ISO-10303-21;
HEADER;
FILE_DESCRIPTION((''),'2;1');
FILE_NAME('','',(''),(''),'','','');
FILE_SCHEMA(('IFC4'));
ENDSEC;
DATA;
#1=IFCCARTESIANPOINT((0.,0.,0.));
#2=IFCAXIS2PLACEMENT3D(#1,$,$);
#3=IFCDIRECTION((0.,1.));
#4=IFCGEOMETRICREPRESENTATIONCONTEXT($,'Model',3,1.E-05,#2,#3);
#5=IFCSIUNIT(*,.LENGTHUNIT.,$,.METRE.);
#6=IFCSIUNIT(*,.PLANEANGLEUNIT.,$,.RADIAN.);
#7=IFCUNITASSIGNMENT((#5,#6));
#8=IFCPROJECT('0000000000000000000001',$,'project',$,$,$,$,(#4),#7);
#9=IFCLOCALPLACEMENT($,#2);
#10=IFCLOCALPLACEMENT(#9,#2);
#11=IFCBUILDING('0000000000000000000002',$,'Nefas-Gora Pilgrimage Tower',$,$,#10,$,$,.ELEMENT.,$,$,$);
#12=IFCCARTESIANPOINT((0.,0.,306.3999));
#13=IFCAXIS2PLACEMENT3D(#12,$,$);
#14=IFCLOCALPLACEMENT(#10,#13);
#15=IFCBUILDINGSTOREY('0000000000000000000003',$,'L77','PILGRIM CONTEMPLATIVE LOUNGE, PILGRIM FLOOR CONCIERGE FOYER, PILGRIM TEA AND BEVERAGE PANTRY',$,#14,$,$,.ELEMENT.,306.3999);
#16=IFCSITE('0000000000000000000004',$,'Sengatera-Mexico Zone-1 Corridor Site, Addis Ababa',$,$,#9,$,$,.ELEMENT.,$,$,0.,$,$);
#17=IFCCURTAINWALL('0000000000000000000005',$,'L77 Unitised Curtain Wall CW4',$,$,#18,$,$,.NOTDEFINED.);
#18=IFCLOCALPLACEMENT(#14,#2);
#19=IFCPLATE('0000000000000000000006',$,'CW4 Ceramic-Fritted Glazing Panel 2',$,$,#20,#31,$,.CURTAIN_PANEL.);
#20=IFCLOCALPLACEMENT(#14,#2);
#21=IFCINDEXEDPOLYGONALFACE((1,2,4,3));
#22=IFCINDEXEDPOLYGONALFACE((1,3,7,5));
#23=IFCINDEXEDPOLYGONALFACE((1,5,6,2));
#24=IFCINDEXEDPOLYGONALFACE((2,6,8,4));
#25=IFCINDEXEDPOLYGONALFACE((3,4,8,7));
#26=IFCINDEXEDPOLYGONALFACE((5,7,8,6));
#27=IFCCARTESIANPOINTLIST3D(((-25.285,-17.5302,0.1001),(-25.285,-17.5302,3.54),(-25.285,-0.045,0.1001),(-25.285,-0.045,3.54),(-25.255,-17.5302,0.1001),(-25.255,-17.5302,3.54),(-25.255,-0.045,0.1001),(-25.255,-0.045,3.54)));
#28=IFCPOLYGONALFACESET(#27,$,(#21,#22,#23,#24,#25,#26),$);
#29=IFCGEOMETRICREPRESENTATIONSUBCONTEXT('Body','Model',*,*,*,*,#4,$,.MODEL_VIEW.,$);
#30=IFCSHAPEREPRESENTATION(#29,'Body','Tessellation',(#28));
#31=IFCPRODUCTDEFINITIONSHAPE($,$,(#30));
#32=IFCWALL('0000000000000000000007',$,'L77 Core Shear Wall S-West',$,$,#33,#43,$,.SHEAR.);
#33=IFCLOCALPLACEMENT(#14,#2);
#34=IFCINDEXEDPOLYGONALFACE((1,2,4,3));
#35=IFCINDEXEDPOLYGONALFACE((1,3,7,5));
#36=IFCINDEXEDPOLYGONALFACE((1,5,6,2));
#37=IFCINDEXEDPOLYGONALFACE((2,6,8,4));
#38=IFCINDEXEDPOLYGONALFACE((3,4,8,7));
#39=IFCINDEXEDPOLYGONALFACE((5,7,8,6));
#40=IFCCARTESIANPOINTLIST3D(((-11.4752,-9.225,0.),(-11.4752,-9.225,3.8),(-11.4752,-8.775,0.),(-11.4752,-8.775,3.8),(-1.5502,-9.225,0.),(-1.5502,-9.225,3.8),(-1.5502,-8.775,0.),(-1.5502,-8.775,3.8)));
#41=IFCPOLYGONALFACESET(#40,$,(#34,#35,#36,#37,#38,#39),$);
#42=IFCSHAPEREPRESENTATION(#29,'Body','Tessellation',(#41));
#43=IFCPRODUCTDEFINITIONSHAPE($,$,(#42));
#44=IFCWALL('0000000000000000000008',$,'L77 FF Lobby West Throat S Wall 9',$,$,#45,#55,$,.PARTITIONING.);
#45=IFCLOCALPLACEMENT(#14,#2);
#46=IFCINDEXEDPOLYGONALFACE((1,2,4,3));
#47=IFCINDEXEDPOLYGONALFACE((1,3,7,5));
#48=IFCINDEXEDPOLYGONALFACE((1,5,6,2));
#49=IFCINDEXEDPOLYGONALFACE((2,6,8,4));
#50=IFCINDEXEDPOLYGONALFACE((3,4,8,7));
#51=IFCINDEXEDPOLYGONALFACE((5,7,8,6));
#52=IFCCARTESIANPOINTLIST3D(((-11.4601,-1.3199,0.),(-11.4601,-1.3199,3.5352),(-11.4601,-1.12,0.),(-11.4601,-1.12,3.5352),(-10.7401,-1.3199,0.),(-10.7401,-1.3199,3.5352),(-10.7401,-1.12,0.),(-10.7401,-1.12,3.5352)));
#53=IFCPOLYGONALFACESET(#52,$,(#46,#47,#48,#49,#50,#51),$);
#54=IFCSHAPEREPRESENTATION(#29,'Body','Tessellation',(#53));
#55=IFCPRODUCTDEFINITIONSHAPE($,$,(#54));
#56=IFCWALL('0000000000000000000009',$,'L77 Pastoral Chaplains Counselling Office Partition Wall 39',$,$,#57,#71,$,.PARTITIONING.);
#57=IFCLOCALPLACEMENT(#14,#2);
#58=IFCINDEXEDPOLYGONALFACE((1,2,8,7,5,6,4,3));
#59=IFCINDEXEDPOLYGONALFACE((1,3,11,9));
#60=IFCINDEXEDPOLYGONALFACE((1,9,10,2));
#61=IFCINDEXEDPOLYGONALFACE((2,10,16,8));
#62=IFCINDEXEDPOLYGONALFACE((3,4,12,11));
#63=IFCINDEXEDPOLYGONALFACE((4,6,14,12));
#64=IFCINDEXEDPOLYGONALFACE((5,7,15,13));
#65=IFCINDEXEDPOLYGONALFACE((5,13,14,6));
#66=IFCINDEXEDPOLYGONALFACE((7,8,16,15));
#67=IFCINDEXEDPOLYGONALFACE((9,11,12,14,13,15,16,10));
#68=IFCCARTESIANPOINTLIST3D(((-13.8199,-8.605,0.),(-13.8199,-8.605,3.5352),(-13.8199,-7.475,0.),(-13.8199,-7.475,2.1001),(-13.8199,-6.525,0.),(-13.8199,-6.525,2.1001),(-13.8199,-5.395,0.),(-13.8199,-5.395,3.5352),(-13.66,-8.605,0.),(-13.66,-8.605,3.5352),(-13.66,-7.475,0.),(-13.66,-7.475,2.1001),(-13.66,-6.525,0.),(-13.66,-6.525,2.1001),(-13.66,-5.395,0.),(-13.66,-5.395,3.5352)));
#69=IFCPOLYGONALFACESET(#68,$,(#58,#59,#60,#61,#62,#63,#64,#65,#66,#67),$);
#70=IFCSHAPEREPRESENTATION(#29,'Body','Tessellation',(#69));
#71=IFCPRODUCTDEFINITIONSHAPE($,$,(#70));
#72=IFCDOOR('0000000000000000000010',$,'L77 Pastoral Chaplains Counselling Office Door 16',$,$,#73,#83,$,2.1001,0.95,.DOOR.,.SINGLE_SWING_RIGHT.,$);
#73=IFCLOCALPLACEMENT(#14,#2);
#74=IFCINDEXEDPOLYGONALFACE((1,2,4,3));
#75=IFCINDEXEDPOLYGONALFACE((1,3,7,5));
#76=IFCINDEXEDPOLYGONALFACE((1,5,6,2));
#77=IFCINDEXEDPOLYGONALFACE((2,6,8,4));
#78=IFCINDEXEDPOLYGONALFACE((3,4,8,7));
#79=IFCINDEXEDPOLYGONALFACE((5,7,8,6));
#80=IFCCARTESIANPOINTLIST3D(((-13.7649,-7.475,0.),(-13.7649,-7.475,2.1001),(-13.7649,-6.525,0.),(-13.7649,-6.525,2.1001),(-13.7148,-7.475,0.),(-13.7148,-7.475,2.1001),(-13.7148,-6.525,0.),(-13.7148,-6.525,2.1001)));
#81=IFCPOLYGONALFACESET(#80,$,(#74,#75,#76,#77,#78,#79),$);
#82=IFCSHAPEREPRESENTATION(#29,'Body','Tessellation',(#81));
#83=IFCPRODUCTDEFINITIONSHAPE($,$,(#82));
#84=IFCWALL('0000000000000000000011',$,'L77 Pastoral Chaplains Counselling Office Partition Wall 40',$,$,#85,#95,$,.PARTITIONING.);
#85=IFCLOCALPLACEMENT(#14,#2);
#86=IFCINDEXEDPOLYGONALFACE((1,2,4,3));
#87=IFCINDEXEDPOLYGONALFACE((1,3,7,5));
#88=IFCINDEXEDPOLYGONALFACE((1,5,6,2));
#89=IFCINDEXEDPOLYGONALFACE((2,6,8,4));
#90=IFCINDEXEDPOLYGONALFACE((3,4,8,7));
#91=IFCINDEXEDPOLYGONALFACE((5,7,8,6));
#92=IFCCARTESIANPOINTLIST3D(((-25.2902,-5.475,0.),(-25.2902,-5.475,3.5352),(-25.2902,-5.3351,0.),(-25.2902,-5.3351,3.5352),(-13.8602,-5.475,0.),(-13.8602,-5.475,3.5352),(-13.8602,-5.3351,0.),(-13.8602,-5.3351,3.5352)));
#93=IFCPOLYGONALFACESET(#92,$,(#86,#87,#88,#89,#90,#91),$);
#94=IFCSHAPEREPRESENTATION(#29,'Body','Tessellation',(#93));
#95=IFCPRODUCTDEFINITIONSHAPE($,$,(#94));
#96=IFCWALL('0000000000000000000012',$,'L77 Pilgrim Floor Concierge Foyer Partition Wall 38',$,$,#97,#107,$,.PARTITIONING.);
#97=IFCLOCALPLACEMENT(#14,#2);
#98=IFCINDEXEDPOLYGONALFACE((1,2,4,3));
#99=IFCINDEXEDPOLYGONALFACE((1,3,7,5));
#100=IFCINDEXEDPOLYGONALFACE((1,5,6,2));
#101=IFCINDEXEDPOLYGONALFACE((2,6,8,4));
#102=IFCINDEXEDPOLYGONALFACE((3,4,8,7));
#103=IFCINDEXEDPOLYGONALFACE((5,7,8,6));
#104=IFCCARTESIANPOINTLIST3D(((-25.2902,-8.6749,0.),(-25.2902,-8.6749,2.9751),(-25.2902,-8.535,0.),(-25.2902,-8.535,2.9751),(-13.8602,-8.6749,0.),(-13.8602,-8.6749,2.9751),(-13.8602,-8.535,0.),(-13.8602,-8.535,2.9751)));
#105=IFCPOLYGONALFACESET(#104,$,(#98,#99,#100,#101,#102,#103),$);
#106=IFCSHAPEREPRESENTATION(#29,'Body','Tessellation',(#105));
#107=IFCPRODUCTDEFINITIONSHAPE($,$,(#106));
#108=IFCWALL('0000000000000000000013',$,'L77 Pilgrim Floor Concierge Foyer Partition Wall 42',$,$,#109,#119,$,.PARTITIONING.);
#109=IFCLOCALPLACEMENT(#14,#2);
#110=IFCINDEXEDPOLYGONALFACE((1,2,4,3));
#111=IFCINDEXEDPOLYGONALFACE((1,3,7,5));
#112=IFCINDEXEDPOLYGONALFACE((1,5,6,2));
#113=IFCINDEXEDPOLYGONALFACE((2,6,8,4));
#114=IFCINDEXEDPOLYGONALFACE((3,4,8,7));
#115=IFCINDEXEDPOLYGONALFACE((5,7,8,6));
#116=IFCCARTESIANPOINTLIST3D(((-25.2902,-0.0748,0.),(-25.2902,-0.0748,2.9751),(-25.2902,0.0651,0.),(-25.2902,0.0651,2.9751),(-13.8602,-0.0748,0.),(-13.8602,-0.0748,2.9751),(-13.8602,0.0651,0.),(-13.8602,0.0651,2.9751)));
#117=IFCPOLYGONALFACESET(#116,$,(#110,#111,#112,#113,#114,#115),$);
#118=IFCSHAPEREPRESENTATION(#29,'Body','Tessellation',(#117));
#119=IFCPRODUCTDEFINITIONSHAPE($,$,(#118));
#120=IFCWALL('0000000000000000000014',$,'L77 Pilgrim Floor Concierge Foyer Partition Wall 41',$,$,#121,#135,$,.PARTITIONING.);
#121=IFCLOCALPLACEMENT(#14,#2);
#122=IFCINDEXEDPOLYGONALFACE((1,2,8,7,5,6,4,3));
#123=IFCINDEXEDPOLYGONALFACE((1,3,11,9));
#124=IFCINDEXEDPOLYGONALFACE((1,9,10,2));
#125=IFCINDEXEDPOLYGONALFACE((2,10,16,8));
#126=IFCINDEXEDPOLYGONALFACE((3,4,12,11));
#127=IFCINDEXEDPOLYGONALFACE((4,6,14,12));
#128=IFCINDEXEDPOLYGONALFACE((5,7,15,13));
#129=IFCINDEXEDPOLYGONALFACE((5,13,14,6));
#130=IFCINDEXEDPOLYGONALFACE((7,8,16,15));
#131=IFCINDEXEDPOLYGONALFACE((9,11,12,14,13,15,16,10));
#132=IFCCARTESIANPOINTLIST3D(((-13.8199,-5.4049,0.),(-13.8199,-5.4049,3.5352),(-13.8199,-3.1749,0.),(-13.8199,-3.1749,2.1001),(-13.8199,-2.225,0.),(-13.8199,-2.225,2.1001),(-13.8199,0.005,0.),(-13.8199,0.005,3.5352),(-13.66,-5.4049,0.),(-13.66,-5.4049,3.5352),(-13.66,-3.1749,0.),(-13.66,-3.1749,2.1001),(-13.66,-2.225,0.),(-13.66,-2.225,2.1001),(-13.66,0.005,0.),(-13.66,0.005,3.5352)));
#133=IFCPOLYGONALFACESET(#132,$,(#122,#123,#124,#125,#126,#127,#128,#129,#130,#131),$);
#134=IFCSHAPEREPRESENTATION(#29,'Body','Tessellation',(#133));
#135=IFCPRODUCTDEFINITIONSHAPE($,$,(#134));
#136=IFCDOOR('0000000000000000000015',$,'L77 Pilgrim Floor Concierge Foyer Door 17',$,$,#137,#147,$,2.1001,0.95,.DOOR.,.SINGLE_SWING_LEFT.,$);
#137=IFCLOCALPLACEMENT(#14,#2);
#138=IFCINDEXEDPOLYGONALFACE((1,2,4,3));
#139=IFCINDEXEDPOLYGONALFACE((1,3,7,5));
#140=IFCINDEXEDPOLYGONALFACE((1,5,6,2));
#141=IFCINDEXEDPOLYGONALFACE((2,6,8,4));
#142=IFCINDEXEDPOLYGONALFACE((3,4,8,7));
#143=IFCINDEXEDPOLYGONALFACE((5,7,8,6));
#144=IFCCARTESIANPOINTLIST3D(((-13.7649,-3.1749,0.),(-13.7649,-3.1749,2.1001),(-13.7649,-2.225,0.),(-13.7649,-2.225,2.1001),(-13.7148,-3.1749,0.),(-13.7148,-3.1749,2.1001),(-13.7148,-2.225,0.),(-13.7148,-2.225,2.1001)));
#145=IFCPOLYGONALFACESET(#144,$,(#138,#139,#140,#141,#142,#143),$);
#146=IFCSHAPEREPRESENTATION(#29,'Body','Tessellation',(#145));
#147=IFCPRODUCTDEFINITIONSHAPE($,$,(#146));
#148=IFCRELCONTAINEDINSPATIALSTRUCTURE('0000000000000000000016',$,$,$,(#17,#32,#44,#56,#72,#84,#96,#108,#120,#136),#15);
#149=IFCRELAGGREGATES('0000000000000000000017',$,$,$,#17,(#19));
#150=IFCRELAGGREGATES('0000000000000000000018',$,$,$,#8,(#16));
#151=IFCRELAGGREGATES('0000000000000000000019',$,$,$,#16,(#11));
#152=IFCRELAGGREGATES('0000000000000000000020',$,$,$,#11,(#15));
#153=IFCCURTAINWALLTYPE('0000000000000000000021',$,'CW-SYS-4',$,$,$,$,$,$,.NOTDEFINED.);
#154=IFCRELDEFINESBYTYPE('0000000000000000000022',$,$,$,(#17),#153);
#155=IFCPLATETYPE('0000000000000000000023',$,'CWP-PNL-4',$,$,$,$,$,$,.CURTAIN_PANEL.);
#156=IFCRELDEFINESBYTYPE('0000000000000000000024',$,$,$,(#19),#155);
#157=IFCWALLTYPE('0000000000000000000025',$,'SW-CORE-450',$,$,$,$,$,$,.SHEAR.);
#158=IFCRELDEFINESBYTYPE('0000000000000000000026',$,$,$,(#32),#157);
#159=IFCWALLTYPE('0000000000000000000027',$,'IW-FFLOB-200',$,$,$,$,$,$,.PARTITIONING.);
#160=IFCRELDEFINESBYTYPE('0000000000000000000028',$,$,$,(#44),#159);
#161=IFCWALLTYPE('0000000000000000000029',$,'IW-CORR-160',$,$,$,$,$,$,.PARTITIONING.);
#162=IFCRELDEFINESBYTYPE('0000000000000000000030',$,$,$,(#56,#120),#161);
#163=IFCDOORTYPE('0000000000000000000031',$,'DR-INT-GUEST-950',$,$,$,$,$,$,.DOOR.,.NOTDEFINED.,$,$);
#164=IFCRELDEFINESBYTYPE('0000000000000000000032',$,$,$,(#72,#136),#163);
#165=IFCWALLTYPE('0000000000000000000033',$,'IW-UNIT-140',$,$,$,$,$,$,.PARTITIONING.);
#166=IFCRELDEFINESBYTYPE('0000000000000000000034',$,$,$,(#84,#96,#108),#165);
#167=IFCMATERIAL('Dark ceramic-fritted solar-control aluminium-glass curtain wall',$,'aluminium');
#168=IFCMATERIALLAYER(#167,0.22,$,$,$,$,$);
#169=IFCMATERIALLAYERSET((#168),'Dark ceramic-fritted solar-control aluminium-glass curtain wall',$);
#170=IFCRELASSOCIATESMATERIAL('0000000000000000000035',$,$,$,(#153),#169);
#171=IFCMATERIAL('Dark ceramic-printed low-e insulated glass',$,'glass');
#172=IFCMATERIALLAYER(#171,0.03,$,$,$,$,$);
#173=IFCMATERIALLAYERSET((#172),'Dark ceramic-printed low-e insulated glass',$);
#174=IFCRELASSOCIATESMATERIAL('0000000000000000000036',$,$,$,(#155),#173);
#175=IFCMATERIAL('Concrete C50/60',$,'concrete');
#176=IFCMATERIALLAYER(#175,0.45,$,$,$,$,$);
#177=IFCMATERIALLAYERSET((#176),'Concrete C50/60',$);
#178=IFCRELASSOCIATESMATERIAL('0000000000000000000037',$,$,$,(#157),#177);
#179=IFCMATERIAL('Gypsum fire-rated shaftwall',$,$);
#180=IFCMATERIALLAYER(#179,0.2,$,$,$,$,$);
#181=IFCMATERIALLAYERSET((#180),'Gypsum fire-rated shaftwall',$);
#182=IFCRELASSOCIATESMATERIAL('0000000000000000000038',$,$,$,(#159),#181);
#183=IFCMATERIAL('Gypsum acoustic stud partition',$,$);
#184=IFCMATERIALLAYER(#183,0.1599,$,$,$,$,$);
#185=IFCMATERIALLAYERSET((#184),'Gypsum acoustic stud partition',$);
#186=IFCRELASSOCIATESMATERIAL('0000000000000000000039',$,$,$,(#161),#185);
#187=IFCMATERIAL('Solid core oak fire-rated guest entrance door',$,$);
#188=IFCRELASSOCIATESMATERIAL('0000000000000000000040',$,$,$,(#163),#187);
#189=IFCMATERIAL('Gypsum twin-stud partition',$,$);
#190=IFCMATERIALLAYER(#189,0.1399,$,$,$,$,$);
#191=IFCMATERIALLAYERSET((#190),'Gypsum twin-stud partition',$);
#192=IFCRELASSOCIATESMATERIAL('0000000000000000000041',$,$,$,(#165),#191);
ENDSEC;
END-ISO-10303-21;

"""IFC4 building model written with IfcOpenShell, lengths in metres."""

from ifc_helpers import new_model, si_unit, direction, frame, frame_2d, origin, origin_2d, place, context, subcontext, project, spatial, rectangle, extrude, source, transform, mapped, material, layer, layer_set, type_object, element, fill, aggregate, save


model = new_model("IFC4")

# Units and contexts
model_context = context("Model", 3, precision=1e-05, world=origin(), true_north=direction((0.0, 1.0)))
body_context = subcontext(model_context, "Body", "Model", "MODEL_VIEW")
ifc_project = project(units=[si_unit("LENGTHUNIT", "METRE"), si_unit("PLANEANGLEUNIT", "RADIAN")], contexts=[model_context])

# Site, building, storey
site_placement = place(None, origin())
site = spatial("IfcSite", under=ifc_project, at=site_placement, Name="Sengatera-Mexico Zone-1 Corridor Site, Addis Ababa", CompositionType="ELEMENT", RefElevation=0.0)
building_placement = place(site_placement, origin())
building = spatial("IfcBuilding", under=site, at=building_placement, Name="Nefas-Gora Pilgrimage Tower", CompositionType="ELEMENT")
storey_placement = place(building_placement, frame((0.0, 0.0, 306.3999)))
storey = spatial("IfcBuildingStorey", under=building, at=storey_placement, Name="L77", Description="PILGRIM CONTEMPLATIVE LOUNGE, PILGRIM FLOOR CONCIERGE FOYER, PILGRIM TEA AND BEVERAGE PANTRY", CompositionType="ELEMENT", Elevation=306.3999)

# Curtain wall, plate
ifc_material_1 = material(Name="Dark ceramic-fritted solar-control aluminium-glass curtain wall", Category="aluminium")
ifc_layer_1 = layer(ifc_material_1, 0.22)
ifc_layer_set_1 = layer_set([ifc_layer_1], Name="Dark ceramic-fritted solar-control aluminium-glass curtain wall")
curtain_wall_type = type_object("IfcCurtainWallType", Name="CW-SYS-4", PredefinedType="NOTDEFINED", material=ifc_layer_set_1)
curtain_wall_placement = place(storey_placement, origin())
curtain_wall = element("IfcCurtainWall", 1, at=curtain_wall_placement, inside=storey, type_object=curtain_wall_type, Name="L77 Unitised Curtain Wall CW4", PredefinedType="NOTDEFINED")
ifc_material_2 = material(Name="Dark ceramic-printed low-e insulated glass", Category="glass")
ifc_layer_2 = layer(ifc_material_2, 0.03)
ifc_layer_set_2 = layer_set([ifc_layer_2], Name="Dark ceramic-printed low-e insulated glass")
plate_type = type_object("IfcPlateType", Name="CWP-PNL-4", PredefinedType="CURTAIN_PANEL", material=ifc_layer_set_2)
shared_shape_1 = source(origin(), body_context, "Body", "SweptSolid", [
    extrude(rectangle(XDim=17.4851, YDim=0.03, at=origin_2d()), origin(), (0.0, 0.0, 1.0), 3.4399),
])
plate_placement = place(storey_placement, frame((-25.27, -8.7876, 0.1001), z_axis=(0.0, 0.0, 1.0), x_axis=(0.0, -1.0, 0.0)))
plate = element("IfcPlate", 2, at=plate_placement, type_object=plate_type, Name="CW4 Ceramic-Fritted Glazing Panel 2", PredefinedType="CURTAIN_PANEL", context=body_context, shape_type="MappedRepresentation", body=[
    mapped(shared_shape_1, transform((0.0, 0.0, 0.0), x_axis=(1.0, 0.0, 0.0), y_axis=(0.0, 1.0, 0.0), z_axis=(0.0, 0.0, 1.0), scale=1.0)),
])
aggregate(curtain_wall, [plate])

# Walls
ifc_material_3 = material(Name="Concrete C50/60", Category="concrete")
ifc_layer_3 = layer(ifc_material_3, 0.45)
ifc_layer_set_3 = layer_set([ifc_layer_3], Name="Concrete C50/60")
wall_type_1 = type_object("IfcWallType", Name="SW-CORE-450", PredefinedType="SHEAR", material=ifc_layer_set_3)
shared_shape_2 = source(origin(), body_context, "Body", "SweptSolid", [
    extrude(rectangle(XDim=9.925, YDim=0.45, at=frame_2d((4.9624, 0.0))), origin(), (0.0, 0.0, 1.0), 3.8),
])
wall_1_placement = place(storey_placement, frame((-11.4751, -9.0, 0.0), z_axis=(0.0, 0.0, 1.0), x_axis=(1.0, 0.0, 0.0)))
element("IfcWall", 3, at=wall_1_placement, inside=storey, type_object=wall_type_1, Name="L77 Core Shear Wall S-West", PredefinedType="SHEAR", context=body_context, shape_type="MappedRepresentation", body=[
    mapped(shared_shape_2, transform((0.0, 0.0, 0.0), x_axis=(1.0, 0.0, 0.0), y_axis=(0.0, 1.0, 0.0), z_axis=(0.0, 0.0, 1.0), scale=1.0)),
])
ifc_material_4 = material(Name="Gypsum fire-rated shaftwall")
ifc_layer_4 = layer(ifc_material_4, 0.2)
ifc_layer_set_4 = layer_set([ifc_layer_4], Name="Gypsum fire-rated shaftwall")
wall_type_2 = type_object("IfcWallType", Name="IW-FFLOB-200", PredefinedType="PARTITIONING", material=ifc_layer_set_4)
shared_shape_3 = source(origin(), body_context, "Body", "SweptSolid", [
    extrude(rectangle(XDim=0.72, YDim=0.2, at=frame_2d((0.3599, 0.0))), origin(), (0.0, 0.0, 1.0), 3.5352),
])
wall_2_placement = place(storey_placement, frame((-11.46, -1.22, 0.0), z_axis=(0.0, 0.0, 1.0), x_axis=(1.0, 0.0, 0.0)))
element("IfcWall", 4, at=wall_2_placement, inside=storey, type_object=wall_type_2, Name="L77 FF Lobby West Throat S Wall 9", PredefinedType="PARTITIONING", context=body_context, shape_type="MappedRepresentation", body=[
    mapped(shared_shape_3, transform((0.0, 0.0, 0.0), x_axis=(1.0, 0.0, 0.0), y_axis=(0.0, 1.0, 0.0), z_axis=(0.0, 0.0, 1.0), scale=1.0)),
])

# Wall, opening, door
ifc_material_5 = material(Name="Gypsum acoustic stud partition")
ifc_layer_5 = layer(ifc_material_5, 0.1599)
ifc_layer_set_5 = layer_set([ifc_layer_5], Name="Gypsum acoustic stud partition")
wall_type_3 = type_object("IfcWallType", Name="IW-CORR-160", PredefinedType="PARTITIONING", material=ifc_layer_set_5)
shared_shape_4 = source(origin(), body_context, "Body", "SweptSolid", [
    extrude(rectangle(XDim=3.21, YDim=0.1599, at=frame_2d((1.605, 0.0))), origin(), (0.0, 0.0, 1.0), 3.5352),
])
wall_3_placement = place(storey_placement, frame((-13.74, -8.605, 0.0), z_axis=(0.0, 0.0, 1.0), x_axis=(0.0, 1.0, 0.0)))
wall_3 = element("IfcWall", 5, at=wall_3_placement, inside=storey, type_object=wall_type_3, Name="L77 Pastoral Chaplains Counselling Office Partition Wall 39", PredefinedType="PARTITIONING", context=body_context, shape_type="MappedRepresentation", body=[
    mapped(shared_shape_4, transform((0.0, 0.0, 0.0), x_axis=(1.0, 0.0, 0.0), y_axis=(0.0, 1.0, 0.0), z_axis=(0.0, 0.0, 1.0), scale=1.0)),
])
opening_1_placement = place(wall_3_placement, frame((1.1299, 0.0, 0.0)))
opening_1 = element("IfcOpeningElement", 6, at=opening_1_placement, cuts=wall_3, PredefinedType="OPENING", context=body_context, shape_type="SweptSolid", body=[
    extrude(rectangle(XDim=0.95, YDim=2.1001, at=frame_2d((0.4751, 1.05))), frame((0.0, 0.0898, 0.0), z_axis=(0.0, -1.0, 0.0), x_axis=(1.0, 0.0, 0.0)), (0.0, 0.0, 1.0), 0.1799),
])
ifc_material_6 = material(Name="Solid core oak fire-rated guest entrance door")
door_type_1 = type_object("IfcDoorType", Name="DR-INT-GUEST-950", OperationType="NOTDEFINED", PredefinedType="DOOR", material=ifc_material_6)
shared_shape_5 = source(origin(), body_context, "Body", "SweptSolid", [
    extrude(rectangle(XDim=0.95, YDim=2.1001, at=frame_2d((0.4751, 1.05))), frame((0.0, 0.0249, 0.0), z_axis=(0.0, -1.0, 0.0), x_axis=(1.0, 0.0, 0.0)), (0.0, 0.0, 1.0), 0.05),
])
door_1_placement = place(opening_1_placement, origin())
door_1 = element("IfcDoor", 7, at=door_1_placement, inside=storey, type_object=door_type_1, Name="L77 Pastoral Chaplains Counselling Office Door 16", OperationType="SINGLE_SWING_RIGHT", OverallHeight=2.1001, OverallWidth=0.95, PredefinedType="DOOR", context=body_context, shape_type="MappedRepresentation", body=[
    mapped(shared_shape_5, transform((0.0, 0.0, 0.0), x_axis=(1.0, 0.0, 0.0), y_axis=(0.0, 1.0, 0.0), z_axis=(0.0, 0.0, 1.0), scale=1.0)),
])
fill(opening_1, door_1)

# Wall
ifc_material_7 = material(Name="Gypsum twin-stud partition")
ifc_layer_6 = layer(ifc_material_7, 0.1399)
ifc_layer_set_6 = layer_set([ifc_layer_6], Name="Gypsum twin-stud partition")
wall_type_4 = type_object("IfcWallType", Name="IW-UNIT-140", PredefinedType="PARTITIONING", material=ifc_layer_set_6)
shared_shape_6 = source(origin(), body_context, "Body", "SweptSolid", [
    extrude(rectangle(XDim=11.4299, YDim=0.1399, at=frame_2d((5.7148, 0.0))), origin(), (0.0, 0.0, 1.0), 3.5352),
])
wall_4_placement = place(storey_placement, frame((-25.29, -5.405, 0.0), z_axis=(0.0, 0.0, 1.0), x_axis=(1.0, 0.0, 0.0)))
element("IfcWall", 8, at=wall_4_placement, inside=storey, type_object=wall_type_4, Name="L77 Pastoral Chaplains Counselling Office Partition Wall 40", PredefinedType="PARTITIONING", context=body_context, shape_type="MappedRepresentation", body=[
    mapped(shared_shape_6, transform((0.0, 0.0, 0.0), x_axis=(1.0, 0.0, 0.0), y_axis=(0.0, 1.0, 0.0), z_axis=(0.0, 0.0, 1.0), scale=1.0)),
])

# Walls
shared_shape_7 = source(origin(), body_context, "Body", "SweptSolid", [
    extrude(rectangle(XDim=11.4299, YDim=0.1399, at=frame_2d((5.7148, 0.0))), origin(), (0.0, 0.0, 1.0), 2.9751),
])
for number, where, z_axis, x_axis, name in (
    (9, (-25.29, -8.605, 0.0), (0.0, 0.0, 1.0), (1.0, 0.0, 0.0), "L77 Pilgrim Floor Concierge Foyer Partition Wall 38"),
    (10, (-25.29, -0.0049, 0.0), (0.0, 0.0, 1.0), (1.0, 0.0, 0.0), "L77 Pilgrim Floor Concierge Foyer Partition Wall 42"),
):
    element("IfcWall", number, at=place(storey_placement, frame(where, z_axis=z_axis, x_axis=x_axis)), inside=storey, type_object=wall_type_4, Name=name, PredefinedType="PARTITIONING", context=body_context, shape_type="MappedRepresentation", body=[
        mapped(shared_shape_7, transform((0.0, 0.0, 0.0), x_axis=(1.0, 0.0, 0.0), y_axis=(0.0, 1.0, 0.0), z_axis=(0.0, 0.0, 1.0), scale=1.0)),
    ])

# Wall, opening, door
shared_shape_8 = source(origin(), body_context, "Body", "SweptSolid", [
    extrude(rectangle(XDim=5.4099, YDim=0.1599, at=frame_2d((2.7051, 0.0))), origin(), (0.0, 0.0, 1.0), 3.5352),
])
wall_5_placement = place(storey_placement, frame((-13.74, -5.405, 0.0), z_axis=(0.0, 0.0, 1.0), x_axis=(0.0, 1.0, 0.0)))
wall_5 = element("IfcWall", 11, at=wall_5_placement, inside=storey, type_object=wall_type_3, Name="L77 Pilgrim Floor Concierge Foyer Partition Wall 41", PredefinedType="PARTITIONING", context=body_context, shape_type="MappedRepresentation", body=[
    mapped(shared_shape_8, transform((0.0, 0.0, 0.0), x_axis=(1.0, 0.0, 0.0), y_axis=(0.0, 1.0, 0.0), z_axis=(0.0, 0.0, 1.0), scale=1.0)),
])
opening_2_placement = place(wall_5_placement, frame((2.23, 0.0, 0.0)))
opening_2 = element("IfcOpeningElement", 12, at=opening_2_placement, cuts=wall_5, PredefinedType="OPENING", context=body_context, shape_type="SweptSolid", body=[
    extrude(rectangle(XDim=0.95, YDim=2.1001, at=frame_2d((0.4751, 1.05))), frame((0.0, 0.0898, 0.0), z_axis=(0.0, -1.0, 0.0), x_axis=(1.0, 0.0, 0.0)), (0.0, 0.0, 1.0), 0.1799),
])
door_2_placement = place(opening_2_placement, origin())
door_2 = element("IfcDoor", 13, at=door_2_placement, inside=storey, type_object=door_type_1, Name="L77 Pilgrim Floor Concierge Foyer Door 17", OperationType="SINGLE_SWING_LEFT", OverallHeight=2.1001, OverallWidth=0.95, PredefinedType="DOOR", context=body_context, shape_type="MappedRepresentation", body=[
    mapped(shared_shape_5, transform((0.0, 0.0, 0.0), x_axis=(1.0, 0.0, 0.0), y_axis=(0.0, 1.0, 0.0), z_axis=(0.0, 0.0, 1.0), scale=1.0)),
])
fill(opening_2, door_2)

save(model, "model.ifc")
